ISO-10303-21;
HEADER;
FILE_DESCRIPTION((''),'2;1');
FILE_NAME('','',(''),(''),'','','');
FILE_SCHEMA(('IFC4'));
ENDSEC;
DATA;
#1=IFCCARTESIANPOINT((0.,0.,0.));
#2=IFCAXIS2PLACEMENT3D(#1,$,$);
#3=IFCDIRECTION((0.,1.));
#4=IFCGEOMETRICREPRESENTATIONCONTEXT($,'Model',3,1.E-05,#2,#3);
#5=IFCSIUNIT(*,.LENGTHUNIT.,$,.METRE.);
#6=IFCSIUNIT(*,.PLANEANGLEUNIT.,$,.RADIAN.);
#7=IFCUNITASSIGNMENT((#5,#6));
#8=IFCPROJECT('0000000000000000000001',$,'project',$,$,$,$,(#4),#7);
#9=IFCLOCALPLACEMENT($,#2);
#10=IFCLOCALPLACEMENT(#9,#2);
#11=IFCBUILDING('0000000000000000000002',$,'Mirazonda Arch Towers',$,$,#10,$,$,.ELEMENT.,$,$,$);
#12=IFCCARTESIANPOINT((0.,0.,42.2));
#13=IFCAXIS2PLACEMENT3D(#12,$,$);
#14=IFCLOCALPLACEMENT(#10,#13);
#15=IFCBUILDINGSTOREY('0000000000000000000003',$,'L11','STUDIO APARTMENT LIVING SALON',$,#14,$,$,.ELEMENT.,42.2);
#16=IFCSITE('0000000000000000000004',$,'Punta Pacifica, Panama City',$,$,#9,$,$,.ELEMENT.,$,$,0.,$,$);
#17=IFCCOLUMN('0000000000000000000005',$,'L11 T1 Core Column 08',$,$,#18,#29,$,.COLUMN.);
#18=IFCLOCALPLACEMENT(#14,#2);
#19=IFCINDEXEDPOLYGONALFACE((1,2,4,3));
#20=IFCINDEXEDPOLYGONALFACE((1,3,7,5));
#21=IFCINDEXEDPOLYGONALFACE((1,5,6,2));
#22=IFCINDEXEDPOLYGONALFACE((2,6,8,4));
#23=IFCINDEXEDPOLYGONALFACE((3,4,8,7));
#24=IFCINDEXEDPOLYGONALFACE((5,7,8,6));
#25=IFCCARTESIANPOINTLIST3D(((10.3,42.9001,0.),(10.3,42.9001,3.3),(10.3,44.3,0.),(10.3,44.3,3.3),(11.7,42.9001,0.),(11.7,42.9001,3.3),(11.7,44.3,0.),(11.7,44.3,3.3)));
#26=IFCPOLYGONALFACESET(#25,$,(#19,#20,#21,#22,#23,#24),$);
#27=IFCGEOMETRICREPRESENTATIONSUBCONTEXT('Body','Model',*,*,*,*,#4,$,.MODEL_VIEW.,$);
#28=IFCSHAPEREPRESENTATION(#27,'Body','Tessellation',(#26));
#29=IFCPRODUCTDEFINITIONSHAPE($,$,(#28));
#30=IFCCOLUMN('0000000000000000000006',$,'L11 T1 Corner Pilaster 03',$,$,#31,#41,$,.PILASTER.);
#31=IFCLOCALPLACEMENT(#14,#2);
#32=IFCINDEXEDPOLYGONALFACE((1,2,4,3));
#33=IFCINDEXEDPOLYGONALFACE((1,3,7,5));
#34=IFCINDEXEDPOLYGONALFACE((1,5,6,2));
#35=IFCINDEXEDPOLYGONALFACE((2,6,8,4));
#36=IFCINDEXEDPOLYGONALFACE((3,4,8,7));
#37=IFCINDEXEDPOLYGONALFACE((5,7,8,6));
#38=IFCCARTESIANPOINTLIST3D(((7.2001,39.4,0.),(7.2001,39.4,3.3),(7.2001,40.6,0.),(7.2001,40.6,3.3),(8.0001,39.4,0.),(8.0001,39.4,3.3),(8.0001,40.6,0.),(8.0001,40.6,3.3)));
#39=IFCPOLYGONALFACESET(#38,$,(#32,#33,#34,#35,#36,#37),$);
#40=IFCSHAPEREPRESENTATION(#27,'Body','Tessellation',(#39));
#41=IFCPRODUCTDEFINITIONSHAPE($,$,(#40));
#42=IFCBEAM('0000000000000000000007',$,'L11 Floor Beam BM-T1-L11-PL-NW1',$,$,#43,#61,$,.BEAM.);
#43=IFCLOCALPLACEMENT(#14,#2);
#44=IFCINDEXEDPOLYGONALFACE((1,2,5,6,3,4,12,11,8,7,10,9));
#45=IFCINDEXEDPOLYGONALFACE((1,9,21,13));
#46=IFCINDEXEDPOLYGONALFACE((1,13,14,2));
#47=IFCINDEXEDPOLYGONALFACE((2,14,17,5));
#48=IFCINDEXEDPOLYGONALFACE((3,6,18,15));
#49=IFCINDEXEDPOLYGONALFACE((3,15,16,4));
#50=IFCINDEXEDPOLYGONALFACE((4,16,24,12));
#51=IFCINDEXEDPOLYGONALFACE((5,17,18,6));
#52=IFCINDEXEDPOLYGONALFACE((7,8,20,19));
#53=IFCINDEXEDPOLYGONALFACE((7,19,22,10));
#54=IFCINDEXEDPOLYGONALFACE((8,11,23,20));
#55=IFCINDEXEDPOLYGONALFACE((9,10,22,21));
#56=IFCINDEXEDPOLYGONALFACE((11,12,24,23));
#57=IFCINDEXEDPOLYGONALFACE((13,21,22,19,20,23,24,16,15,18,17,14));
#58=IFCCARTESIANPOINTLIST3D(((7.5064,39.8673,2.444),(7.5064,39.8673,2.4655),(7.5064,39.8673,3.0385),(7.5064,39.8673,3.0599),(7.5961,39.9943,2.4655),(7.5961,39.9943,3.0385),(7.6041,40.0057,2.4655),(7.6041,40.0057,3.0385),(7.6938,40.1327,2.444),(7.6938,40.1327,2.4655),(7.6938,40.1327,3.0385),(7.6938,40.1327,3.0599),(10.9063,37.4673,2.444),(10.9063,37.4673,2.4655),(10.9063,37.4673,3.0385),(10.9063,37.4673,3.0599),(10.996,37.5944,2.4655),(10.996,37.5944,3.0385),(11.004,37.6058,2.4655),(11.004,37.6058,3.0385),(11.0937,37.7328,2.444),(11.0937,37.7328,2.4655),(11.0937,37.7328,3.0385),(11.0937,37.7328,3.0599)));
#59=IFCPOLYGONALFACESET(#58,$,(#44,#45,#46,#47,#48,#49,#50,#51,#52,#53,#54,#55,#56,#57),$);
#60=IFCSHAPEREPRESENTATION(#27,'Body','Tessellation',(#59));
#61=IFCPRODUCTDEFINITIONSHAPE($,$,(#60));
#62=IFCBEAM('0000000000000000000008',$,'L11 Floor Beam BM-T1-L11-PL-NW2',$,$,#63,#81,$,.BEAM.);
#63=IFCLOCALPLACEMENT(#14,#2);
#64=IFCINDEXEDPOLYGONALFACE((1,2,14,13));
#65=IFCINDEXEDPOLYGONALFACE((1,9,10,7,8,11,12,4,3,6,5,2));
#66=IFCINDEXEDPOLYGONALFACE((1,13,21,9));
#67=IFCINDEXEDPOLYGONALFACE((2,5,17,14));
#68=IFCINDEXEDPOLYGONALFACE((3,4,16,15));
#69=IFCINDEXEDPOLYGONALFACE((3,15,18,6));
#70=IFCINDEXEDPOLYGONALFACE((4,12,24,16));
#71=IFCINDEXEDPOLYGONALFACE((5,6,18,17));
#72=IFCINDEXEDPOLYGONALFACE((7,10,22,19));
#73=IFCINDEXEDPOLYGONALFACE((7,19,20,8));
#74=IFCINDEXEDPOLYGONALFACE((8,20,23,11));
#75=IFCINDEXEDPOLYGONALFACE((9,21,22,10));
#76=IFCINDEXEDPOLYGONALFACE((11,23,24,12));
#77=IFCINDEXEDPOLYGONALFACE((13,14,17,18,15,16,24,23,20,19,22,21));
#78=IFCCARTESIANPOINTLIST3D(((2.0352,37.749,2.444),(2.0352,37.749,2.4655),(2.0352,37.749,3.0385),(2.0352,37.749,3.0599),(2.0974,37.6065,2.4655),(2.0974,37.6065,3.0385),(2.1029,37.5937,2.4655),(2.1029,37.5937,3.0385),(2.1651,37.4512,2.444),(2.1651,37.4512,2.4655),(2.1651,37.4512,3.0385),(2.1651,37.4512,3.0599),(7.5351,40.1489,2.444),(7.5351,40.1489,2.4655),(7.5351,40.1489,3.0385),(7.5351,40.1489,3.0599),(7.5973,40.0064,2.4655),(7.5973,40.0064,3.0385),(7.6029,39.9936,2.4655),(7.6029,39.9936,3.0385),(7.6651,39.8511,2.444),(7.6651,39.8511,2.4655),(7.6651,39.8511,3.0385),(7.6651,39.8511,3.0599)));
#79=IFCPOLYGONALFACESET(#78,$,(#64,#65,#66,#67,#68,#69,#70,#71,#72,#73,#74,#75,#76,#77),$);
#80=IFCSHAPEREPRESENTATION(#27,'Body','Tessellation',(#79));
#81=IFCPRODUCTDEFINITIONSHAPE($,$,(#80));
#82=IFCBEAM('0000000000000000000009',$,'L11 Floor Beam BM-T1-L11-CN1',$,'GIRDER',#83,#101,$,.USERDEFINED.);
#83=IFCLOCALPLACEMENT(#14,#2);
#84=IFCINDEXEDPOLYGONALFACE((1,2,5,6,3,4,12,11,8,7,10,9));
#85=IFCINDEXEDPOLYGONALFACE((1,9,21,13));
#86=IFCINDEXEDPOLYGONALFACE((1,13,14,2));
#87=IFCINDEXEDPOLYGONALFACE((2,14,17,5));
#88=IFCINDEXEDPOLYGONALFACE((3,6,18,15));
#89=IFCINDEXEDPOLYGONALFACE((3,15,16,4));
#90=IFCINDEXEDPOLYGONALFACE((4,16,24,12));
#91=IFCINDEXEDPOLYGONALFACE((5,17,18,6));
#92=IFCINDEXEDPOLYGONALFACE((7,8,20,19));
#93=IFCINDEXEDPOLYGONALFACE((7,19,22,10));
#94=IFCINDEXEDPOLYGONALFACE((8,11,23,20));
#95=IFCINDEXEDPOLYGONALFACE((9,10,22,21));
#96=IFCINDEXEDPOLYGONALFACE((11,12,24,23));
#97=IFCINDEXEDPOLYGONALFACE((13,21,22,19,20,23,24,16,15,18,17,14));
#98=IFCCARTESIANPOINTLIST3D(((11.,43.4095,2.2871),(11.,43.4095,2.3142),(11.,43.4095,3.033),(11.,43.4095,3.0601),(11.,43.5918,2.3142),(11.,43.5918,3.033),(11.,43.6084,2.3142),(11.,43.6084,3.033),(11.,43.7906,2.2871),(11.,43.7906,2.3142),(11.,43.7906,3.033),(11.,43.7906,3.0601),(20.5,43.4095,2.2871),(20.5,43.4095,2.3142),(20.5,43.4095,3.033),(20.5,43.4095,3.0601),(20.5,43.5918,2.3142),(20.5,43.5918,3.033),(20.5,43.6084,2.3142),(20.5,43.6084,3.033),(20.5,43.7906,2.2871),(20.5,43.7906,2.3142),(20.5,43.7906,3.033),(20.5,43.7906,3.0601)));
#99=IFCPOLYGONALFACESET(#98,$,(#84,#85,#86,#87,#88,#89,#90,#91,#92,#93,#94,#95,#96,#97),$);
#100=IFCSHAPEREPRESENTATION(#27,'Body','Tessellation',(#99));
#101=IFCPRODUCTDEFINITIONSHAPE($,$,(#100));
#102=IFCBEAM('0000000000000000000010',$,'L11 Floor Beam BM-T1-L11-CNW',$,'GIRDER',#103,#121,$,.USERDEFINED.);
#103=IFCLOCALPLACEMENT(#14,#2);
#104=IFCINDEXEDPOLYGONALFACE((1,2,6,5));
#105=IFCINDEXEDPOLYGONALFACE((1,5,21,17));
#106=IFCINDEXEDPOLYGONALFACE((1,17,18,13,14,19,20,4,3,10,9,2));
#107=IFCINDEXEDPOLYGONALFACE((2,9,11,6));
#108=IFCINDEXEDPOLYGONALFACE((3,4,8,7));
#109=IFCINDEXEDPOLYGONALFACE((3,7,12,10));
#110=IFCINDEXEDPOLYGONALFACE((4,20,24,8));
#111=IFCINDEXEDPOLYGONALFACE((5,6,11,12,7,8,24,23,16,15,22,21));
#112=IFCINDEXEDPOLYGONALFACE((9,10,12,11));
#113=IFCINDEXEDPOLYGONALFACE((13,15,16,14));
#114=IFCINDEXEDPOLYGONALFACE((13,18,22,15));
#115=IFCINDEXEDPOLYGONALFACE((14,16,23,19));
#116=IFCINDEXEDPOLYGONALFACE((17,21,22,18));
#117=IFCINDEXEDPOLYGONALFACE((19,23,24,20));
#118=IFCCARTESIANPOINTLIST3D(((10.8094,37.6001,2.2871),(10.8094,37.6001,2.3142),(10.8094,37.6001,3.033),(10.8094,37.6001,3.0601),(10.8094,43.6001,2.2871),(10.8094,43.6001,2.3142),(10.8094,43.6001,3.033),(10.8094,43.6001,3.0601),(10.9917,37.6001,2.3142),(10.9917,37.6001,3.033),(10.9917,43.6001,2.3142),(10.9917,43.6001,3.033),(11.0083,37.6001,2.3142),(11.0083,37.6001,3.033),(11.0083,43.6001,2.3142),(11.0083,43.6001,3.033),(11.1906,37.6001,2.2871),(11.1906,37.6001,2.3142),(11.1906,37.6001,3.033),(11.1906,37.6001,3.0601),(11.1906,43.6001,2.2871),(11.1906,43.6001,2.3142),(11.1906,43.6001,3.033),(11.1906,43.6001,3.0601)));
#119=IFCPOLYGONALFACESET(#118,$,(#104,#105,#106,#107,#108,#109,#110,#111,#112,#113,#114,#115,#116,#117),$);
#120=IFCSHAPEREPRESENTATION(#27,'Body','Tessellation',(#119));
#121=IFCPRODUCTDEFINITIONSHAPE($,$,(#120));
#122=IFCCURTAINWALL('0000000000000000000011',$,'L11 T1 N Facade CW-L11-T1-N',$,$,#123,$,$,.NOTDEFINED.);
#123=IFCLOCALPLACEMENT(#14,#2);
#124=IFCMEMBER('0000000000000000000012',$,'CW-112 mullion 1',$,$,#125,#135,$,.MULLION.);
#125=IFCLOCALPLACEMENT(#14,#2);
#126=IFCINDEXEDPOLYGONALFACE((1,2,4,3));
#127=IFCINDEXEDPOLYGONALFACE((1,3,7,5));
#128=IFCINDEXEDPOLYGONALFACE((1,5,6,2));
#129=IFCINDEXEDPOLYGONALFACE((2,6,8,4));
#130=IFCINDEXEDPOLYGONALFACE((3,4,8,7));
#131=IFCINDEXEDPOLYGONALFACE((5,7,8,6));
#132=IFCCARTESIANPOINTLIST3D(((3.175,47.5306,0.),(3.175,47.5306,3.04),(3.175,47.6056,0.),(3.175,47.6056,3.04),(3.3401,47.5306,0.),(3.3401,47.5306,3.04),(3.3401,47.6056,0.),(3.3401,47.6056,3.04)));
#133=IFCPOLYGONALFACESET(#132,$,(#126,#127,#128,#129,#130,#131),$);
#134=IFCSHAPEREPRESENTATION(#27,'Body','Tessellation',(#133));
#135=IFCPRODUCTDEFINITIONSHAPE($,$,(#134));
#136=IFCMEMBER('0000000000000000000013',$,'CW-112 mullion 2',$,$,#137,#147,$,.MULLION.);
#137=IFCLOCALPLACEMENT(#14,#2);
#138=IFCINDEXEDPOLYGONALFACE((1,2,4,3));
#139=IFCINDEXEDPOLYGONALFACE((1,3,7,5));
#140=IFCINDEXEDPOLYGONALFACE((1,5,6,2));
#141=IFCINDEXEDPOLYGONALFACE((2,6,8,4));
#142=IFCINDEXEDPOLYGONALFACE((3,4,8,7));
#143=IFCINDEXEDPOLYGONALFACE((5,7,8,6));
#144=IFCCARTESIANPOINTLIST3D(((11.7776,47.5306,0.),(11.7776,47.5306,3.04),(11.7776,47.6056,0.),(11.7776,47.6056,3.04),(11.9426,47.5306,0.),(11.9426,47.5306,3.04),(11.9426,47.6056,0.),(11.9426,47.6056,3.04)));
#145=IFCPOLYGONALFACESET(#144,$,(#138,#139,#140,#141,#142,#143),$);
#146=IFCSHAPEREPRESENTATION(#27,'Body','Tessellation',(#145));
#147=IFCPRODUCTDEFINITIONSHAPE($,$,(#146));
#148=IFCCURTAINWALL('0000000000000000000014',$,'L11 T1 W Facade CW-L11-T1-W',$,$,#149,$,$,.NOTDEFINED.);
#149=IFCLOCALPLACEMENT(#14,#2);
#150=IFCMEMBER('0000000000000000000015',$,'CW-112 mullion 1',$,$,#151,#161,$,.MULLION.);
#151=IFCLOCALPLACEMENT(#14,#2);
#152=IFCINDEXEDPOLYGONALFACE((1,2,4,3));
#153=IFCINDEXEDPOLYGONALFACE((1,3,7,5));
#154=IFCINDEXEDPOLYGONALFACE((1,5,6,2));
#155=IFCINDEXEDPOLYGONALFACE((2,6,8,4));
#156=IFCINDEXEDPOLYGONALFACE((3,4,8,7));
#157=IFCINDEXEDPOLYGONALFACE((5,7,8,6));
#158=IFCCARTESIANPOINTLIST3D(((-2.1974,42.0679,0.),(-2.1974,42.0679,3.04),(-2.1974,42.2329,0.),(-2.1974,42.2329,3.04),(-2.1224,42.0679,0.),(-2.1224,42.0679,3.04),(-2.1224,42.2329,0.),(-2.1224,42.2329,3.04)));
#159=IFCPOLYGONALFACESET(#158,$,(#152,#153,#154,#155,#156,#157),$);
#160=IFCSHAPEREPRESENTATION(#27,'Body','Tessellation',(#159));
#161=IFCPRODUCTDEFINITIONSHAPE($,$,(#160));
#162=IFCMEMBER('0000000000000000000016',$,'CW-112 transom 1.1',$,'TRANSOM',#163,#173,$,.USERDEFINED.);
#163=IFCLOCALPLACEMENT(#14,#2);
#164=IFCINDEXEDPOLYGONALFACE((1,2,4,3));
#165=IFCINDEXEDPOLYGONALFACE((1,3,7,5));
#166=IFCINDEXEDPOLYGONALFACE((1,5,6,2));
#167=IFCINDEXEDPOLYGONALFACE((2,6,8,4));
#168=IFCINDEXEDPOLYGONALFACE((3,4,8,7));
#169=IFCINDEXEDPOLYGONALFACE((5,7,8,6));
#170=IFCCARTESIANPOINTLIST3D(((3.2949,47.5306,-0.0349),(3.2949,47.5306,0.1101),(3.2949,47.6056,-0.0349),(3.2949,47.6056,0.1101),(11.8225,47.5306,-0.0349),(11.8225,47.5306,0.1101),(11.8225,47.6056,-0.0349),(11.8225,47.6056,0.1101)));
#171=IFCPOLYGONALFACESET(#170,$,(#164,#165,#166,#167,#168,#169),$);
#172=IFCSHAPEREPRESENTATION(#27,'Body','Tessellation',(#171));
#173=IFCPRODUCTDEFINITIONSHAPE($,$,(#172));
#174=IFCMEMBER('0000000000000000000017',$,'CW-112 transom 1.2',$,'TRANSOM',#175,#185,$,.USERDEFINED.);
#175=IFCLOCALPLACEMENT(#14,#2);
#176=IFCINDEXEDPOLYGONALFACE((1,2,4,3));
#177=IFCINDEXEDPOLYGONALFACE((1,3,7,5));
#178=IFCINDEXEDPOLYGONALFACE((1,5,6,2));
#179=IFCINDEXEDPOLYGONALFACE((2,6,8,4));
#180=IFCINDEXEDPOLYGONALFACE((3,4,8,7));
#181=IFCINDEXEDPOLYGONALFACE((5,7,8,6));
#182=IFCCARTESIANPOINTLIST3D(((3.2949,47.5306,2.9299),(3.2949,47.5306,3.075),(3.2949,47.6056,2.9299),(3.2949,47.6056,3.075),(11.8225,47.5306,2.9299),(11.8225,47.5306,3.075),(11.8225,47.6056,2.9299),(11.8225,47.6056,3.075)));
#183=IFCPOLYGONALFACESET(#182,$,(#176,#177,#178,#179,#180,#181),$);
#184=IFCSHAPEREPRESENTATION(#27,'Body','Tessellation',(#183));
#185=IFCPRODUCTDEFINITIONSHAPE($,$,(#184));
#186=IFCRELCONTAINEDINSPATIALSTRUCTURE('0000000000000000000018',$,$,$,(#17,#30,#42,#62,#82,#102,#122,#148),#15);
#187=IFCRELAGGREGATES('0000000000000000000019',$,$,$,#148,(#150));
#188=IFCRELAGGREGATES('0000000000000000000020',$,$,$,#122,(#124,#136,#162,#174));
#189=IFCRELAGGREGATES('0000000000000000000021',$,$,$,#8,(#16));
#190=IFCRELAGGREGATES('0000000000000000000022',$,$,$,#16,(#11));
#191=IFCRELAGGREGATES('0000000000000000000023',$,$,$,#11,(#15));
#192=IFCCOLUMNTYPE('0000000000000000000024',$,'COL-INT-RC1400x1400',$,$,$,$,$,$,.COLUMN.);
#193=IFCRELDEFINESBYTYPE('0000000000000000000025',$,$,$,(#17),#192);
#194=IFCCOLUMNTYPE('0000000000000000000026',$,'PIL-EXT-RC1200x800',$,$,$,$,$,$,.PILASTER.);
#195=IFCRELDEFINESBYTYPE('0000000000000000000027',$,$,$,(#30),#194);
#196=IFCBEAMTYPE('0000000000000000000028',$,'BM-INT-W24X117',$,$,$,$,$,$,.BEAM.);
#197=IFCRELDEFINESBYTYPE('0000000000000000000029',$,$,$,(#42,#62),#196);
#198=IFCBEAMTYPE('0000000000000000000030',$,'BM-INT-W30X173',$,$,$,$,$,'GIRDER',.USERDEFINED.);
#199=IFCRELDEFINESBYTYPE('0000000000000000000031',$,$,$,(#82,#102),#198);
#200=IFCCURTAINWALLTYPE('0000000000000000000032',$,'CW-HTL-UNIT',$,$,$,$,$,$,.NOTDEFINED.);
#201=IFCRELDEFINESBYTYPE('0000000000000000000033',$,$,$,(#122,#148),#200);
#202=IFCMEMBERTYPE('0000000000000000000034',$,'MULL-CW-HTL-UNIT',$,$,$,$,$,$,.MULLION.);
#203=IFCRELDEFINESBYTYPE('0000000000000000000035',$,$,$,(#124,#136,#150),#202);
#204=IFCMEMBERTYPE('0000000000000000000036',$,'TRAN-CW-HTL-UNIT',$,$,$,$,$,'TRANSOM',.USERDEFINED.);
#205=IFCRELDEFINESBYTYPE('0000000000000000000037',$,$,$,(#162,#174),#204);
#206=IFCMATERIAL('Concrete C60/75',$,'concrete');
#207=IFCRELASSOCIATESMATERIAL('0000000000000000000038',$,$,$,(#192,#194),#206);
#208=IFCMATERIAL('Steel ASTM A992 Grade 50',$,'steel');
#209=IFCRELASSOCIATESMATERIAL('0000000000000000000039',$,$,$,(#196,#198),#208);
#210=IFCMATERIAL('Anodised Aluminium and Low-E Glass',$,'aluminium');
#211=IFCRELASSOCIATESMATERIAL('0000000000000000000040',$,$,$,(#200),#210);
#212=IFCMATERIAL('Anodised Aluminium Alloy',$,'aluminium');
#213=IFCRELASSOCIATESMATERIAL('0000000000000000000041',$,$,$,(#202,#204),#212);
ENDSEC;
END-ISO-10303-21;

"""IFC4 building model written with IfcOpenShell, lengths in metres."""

from ifc_helpers import new_model, si_unit, direction, frame, origin, origin_2d, place, context, subcontext, project, spatial, rectangle, i_section, extrude, material, material_profile, profile_set, type_object, element, aggregate, save


model = new_model("IFC4")

# Units and contexts
model_context = context("Model", 3, precision=1e-05, world=origin(), true_north=direction((0.0, 1.0)))
body_context = subcontext(model_context, "Body", "Model", "MODEL_VIEW")
ifc_project = project(units=[si_unit("LENGTHUNIT", "METRE"), si_unit("PLANEANGLEUNIT", "RADIAN")], contexts=[model_context])

# Site, building, storey
site_placement = place(None, origin())
site = spatial("IfcSite", under=ifc_project, at=site_placement, Name="Punta Pacifica, Panama City", CompositionType="ELEMENT", RefElevation=0.0)
building_placement = place(site_placement, origin())
building = spatial("IfcBuilding", under=site, at=building_placement, Name="Mirazonda Arch Towers", CompositionType="ELEMENT")
storey_placement = place(building_placement, frame((0.0, 0.0, 42.2)))
storey = spatial("IfcBuildingStorey", under=building, at=storey_placement, Name="L11", Description="STUDIO APARTMENT LIVING SALON", CompositionType="ELEMENT", Elevation=42.2)

# Columns
ifc_material_1 = material(Name="Concrete C60/75", Category="concrete")
ifc_material_profile_1 = material_profile(ifc_material_1, rectangle(XDim=1.3999, YDim=1.3999, at=origin_2d()), Name="RC1400x1400")
ifc_profile_set_1 = profile_set([ifc_material_profile_1], Name="Concrete C60/75")
column_type_1 = type_object("IfcColumnType", Name="COL-INT-RC1400x1400", PredefinedType="COLUMN", material=ifc_profile_set_1)
column_1_placement = place(storey_placement, frame((11.0, 43.6001, 0.0), z_axis=(0.0, 0.0, 1.0), x_axis=(1.0, 0.0, 0.0)))
element("IfcColumn", 1, at=column_1_placement, inside=storey, type_object=column_type_1, Name="L11 T1 Core Column 08", PredefinedType="COLUMN", context=body_context, shape_type="SweptSolid", body=[
    extrude(rectangle(XDim=1.3999, YDim=1.3999, at=origin_2d()), origin(), (0.0, 0.0, 1.0), 3.3),
])
ifc_material_profile_2 = material_profile(ifc_material_1, rectangle(XDim=0.8, YDim=1.2, at=origin_2d()), Name="RC1200x800")
ifc_profile_set_2 = profile_set([ifc_material_profile_2], Name="Concrete C60/75")
column_type_2 = type_object("IfcColumnType", Name="PIL-EXT-RC1200x800", PredefinedType="PILASTER", material=ifc_profile_set_2)
column_2_placement = place(storey_placement, frame((7.6001, 40.0, 0.0), z_axis=(0.0, 0.0, 1.0), x_axis=(1.0, 0.0, 0.0)))
element("IfcColumn", 2, at=column_2_placement, inside=storey, type_object=column_type_2, Name="L11 T1 Corner Pilaster 03", PredefinedType="PILASTER", context=body_context, shape_type="SweptSolid", body=[
    extrude(rectangle(XDim=0.8, YDim=1.2, at=origin_2d()), origin(), (0.0, 0.0, 1.0), 3.3),
])

# Beams
ifc_material_2 = material(Name="Steel ASTM A992 Grade 50", Category="steel")
ifc_material_profile_3 = material_profile(ifc_material_2, i_section(OverallWidth=0.325, OverallDepth=0.616, WebThickness=0.0139, FlangeThickness=0.0215, at=origin_2d()), Name="W24X117")
ifc_profile_set_3 = profile_set([ifc_material_profile_3], Name="Steel ASTM A992 Grade 50")
beam_type_1 = type_object("IfcBeamType", Name="BM-INT-W24X117", PredefinedType="BEAM", material=ifc_profile_set_3)
beam_1_placement = place(storey_placement, frame((7.6001, 40.0, 2.752), z_axis=(0.816971, -0.576679, 0.0), x_axis=(0.576679, 0.816971, 0.0)))
element("IfcBeam", 3, at=beam_1_placement, inside=storey, type_object=beam_type_1, Name="L11 Floor Beam BM-T1-L11-PL-NW1", PredefinedType="BEAM", context=body_context, shape_type="SweptSolid", body=[
    extrude(i_section(OverallWidth=0.325, OverallDepth=0.616, WebThickness=0.0139, FlangeThickness=0.0215, at=origin_2d()), origin(), (0.0, 0.0, 1.0), 4.1616),
])
beam_2_placement = place(storey_placement, frame((7.6001, 40.0, 2.752), z_axis=(-0.916545, -0.399931, 0.0), x_axis=(0.399931, -0.916545, 0.0)))
element("IfcBeam", 4, at=beam_2_placement, inside=storey, type_object=beam_type_1, Name="L11 Floor Beam BM-T1-L11-PL-NW2", PredefinedType="BEAM", context=body_context, shape_type="SweptSolid", body=[
    extrude(i_section(OverallWidth=0.325, OverallDepth=0.616, WebThickness=0.0139, FlangeThickness=0.0215, at=origin_2d()), origin(), (0.0, 0.0, 1.0), 6.0007),
])
ifc_material_profile_4 = material_profile(ifc_material_2, i_section(OverallWidth=0.3811, OverallDepth=0.7729, WebThickness=0.0166, FlangeThickness=0.0271, at=origin_2d()), Name="W30X173")
ifc_profile_set_4 = profile_set([ifc_material_profile_4], Name="Steel ASTM A992 Grade 50")
beam_type_2 = type_object("IfcBeamType", Name="BM-INT-W30X173", ElementType="GIRDER", PredefinedType="USERDEFINED", material=ifc_profile_set_4)
beam_3_placement = place(storey_placement, frame((11.0, 43.6001, 2.6736), z_axis=(1.0, 0.0, 0.0), x_axis=(0.0, 1.0, 0.0)))
element("IfcBeam", 5, at=beam_3_placement, inside=storey, type_object=beam_type_2, Name="L11 Floor Beam BM-T1-L11-CN1", ObjectType="GIRDER", PredefinedType="USERDEFINED", context=body_context, shape_type="SweptSolid", body=[
    extrude(i_section(OverallWidth=0.3811, OverallDepth=0.7729, WebThickness=0.0166, FlangeThickness=0.0271, at=origin_2d()), origin(), (0.0, 0.0, 1.0), 9.5),
])
beam_4_placement = place(storey_placement, frame((11.0, 37.6001, 2.6736), z_axis=(0.0, 1.0, 0.0), x_axis=(-1.0, 0.0, 0.0)))
element("IfcBeam", 6, at=beam_4_placement, inside=storey, type_object=beam_type_2, Name="L11 Floor Beam BM-T1-L11-CNW", ObjectType="GIRDER", PredefinedType="USERDEFINED", context=body_context, shape_type="SweptSolid", body=[
    extrude(i_section(OverallWidth=0.3811, OverallDepth=0.7729, WebThickness=0.0166, FlangeThickness=0.0271, at=origin_2d()), origin(), (0.0, 0.0, 1.0), 6.0),
])

# Curtain wall, members
ifc_material_3 = material(Name="Anodised Aluminium and Low-E Glass", Category="aluminium")
curtain_wall_type = type_object("IfcCurtainWallType", Name="CW-HTL-UNIT", PredefinedType="NOTDEFINED", material=ifc_material_3)
curtain_wall_1_placement = place(storey_placement, origin())
curtain_wall_1 = element("IfcCurtainWall", 7, at=curtain_wall_1_placement, inside=storey, type_object=curtain_wall_type, Name="L11 T1 N Facade CW-L11-T1-N", PredefinedType="NOTDEFINED")
ifc_material_4 = material(Name="Anodised Aluminium Alloy", Category="aluminium")
ifc_material_profile_5 = material_profile(ifc_material_4, rectangle(XDim=0.075, YDim=0.165, at=origin_2d()), Name="ALU-MULL-75x165")
ifc_profile_set_5 = profile_set([ifc_material_profile_5], Name="Anodised Aluminium Alloy")
member_type_1 = type_object("IfcMemberType", Name="MULL-CW-HTL-UNIT", PredefinedType="MULLION", material=ifc_profile_set_5)
member_1_placement = place(storey_placement, frame((3.2576, 47.5681, 0.0), z_axis=(0.0, 0.0, 1.0), x_axis=(0.0, 1.0, 0.0)))
member_1 = element("IfcMember", 8, at=member_1_placement, type_object=member_type_1, Name="CW-112 mullion 1", PredefinedType="MULLION", context=body_context, shape_type="SweptSolid", body=[
    extrude(rectangle(XDim=0.075, YDim=0.165, at=origin_2d()), origin(), (0.0, 0.0, 1.0), 3.04),
])
member_2_placement = place(storey_placement, frame((11.8601, 47.5681, 0.0), z_axis=(0.0, 0.0, 1.0), x_axis=(0.0, 1.0, 0.0)))
member_2 = element("IfcMember", 9, at=member_2_placement, type_object=member_type_1, Name="CW-112 mullion 2", PredefinedType="MULLION", context=body_context, shape_type="SweptSolid", body=[
    extrude(rectangle(XDim=0.075, YDim=0.165, at=origin_2d()), origin(), (0.0, 0.0, 1.0), 3.04),
])

# Curtain wall, member
curtain_wall_2_placement = place(storey_placement, origin())
curtain_wall_2 = element("IfcCurtainWall", 10, at=curtain_wall_2_placement, inside=storey, type_object=curtain_wall_type, Name="L11 T1 W Facade CW-L11-T1-W", PredefinedType="NOTDEFINED")
member_3_placement = place(storey_placement, frame((-2.1599, 42.1504, 0.0), z_axis=(0.0, 0.0, 1.0), x_axis=(1.0, 0.0, 0.0)))
member_3 = element("IfcMember", 11, at=member_3_placement, type_object=member_type_1, Name="CW-112 mullion 1", PredefinedType="MULLION", context=body_context, shape_type="SweptSolid", body=[
    extrude(rectangle(XDim=0.075, YDim=0.165, at=origin_2d()), origin(), (0.0, 0.0, 1.0), 3.04),
])

# Members
ifc_material_profile_6 = material_profile(ifc_material_4, rectangle(XDim=0.075, YDim=0.145, at=origin_2d()), Name="ALU-TRAN-75x145")
ifc_profile_set_6 = profile_set([ifc_material_profile_6], Name="Anodised Aluminium Alloy")
member_type_2 = type_object("IfcMemberType", Name="TRAN-CW-HTL-UNIT", ElementType="TRANSOM", PredefinedType="USERDEFINED", material=ifc_profile_set_6)
member_4_placement = place(storey_placement, frame((3.2949, 47.5681, 0.0376), z_axis=(1.0, 0.0, 0.0), x_axis=(0.0, 1.0, 0.0)))
member_4 = element("IfcMember", 12, at=member_4_placement, type_object=member_type_2, Name="CW-112 transom 1.1", ObjectType="TRANSOM", PredefinedType="USERDEFINED", context=body_context, shape_type="SweptSolid", body=[
    extrude(rectangle(XDim=0.075, YDim=0.145, at=origin_2d()), origin(), (0.0, 0.0, 1.0), 8.5276),
])
member_5_placement = place(storey_placement, frame((3.2949, 47.5681, 3.0024), z_axis=(1.0, 0.0, 0.0), x_axis=(0.0, 1.0, 0.0)))
member_5 = element("IfcMember", 13, at=member_5_placement, type_object=member_type_2, Name="CW-112 transom 1.2", ObjectType="TRANSOM", PredefinedType="USERDEFINED", context=body_context, shape_type="SweptSolid", body=[
    extrude(rectangle(XDim=0.075, YDim=0.145, at=origin_2d()), origin(), (0.0, 0.0, 1.0), 8.5276),
])
aggregate(curtain_wall_2, [member_3])

aggregate(curtain_wall_1, [member_1, member_2, member_4, member_5])

save(model, "model.ifc")
